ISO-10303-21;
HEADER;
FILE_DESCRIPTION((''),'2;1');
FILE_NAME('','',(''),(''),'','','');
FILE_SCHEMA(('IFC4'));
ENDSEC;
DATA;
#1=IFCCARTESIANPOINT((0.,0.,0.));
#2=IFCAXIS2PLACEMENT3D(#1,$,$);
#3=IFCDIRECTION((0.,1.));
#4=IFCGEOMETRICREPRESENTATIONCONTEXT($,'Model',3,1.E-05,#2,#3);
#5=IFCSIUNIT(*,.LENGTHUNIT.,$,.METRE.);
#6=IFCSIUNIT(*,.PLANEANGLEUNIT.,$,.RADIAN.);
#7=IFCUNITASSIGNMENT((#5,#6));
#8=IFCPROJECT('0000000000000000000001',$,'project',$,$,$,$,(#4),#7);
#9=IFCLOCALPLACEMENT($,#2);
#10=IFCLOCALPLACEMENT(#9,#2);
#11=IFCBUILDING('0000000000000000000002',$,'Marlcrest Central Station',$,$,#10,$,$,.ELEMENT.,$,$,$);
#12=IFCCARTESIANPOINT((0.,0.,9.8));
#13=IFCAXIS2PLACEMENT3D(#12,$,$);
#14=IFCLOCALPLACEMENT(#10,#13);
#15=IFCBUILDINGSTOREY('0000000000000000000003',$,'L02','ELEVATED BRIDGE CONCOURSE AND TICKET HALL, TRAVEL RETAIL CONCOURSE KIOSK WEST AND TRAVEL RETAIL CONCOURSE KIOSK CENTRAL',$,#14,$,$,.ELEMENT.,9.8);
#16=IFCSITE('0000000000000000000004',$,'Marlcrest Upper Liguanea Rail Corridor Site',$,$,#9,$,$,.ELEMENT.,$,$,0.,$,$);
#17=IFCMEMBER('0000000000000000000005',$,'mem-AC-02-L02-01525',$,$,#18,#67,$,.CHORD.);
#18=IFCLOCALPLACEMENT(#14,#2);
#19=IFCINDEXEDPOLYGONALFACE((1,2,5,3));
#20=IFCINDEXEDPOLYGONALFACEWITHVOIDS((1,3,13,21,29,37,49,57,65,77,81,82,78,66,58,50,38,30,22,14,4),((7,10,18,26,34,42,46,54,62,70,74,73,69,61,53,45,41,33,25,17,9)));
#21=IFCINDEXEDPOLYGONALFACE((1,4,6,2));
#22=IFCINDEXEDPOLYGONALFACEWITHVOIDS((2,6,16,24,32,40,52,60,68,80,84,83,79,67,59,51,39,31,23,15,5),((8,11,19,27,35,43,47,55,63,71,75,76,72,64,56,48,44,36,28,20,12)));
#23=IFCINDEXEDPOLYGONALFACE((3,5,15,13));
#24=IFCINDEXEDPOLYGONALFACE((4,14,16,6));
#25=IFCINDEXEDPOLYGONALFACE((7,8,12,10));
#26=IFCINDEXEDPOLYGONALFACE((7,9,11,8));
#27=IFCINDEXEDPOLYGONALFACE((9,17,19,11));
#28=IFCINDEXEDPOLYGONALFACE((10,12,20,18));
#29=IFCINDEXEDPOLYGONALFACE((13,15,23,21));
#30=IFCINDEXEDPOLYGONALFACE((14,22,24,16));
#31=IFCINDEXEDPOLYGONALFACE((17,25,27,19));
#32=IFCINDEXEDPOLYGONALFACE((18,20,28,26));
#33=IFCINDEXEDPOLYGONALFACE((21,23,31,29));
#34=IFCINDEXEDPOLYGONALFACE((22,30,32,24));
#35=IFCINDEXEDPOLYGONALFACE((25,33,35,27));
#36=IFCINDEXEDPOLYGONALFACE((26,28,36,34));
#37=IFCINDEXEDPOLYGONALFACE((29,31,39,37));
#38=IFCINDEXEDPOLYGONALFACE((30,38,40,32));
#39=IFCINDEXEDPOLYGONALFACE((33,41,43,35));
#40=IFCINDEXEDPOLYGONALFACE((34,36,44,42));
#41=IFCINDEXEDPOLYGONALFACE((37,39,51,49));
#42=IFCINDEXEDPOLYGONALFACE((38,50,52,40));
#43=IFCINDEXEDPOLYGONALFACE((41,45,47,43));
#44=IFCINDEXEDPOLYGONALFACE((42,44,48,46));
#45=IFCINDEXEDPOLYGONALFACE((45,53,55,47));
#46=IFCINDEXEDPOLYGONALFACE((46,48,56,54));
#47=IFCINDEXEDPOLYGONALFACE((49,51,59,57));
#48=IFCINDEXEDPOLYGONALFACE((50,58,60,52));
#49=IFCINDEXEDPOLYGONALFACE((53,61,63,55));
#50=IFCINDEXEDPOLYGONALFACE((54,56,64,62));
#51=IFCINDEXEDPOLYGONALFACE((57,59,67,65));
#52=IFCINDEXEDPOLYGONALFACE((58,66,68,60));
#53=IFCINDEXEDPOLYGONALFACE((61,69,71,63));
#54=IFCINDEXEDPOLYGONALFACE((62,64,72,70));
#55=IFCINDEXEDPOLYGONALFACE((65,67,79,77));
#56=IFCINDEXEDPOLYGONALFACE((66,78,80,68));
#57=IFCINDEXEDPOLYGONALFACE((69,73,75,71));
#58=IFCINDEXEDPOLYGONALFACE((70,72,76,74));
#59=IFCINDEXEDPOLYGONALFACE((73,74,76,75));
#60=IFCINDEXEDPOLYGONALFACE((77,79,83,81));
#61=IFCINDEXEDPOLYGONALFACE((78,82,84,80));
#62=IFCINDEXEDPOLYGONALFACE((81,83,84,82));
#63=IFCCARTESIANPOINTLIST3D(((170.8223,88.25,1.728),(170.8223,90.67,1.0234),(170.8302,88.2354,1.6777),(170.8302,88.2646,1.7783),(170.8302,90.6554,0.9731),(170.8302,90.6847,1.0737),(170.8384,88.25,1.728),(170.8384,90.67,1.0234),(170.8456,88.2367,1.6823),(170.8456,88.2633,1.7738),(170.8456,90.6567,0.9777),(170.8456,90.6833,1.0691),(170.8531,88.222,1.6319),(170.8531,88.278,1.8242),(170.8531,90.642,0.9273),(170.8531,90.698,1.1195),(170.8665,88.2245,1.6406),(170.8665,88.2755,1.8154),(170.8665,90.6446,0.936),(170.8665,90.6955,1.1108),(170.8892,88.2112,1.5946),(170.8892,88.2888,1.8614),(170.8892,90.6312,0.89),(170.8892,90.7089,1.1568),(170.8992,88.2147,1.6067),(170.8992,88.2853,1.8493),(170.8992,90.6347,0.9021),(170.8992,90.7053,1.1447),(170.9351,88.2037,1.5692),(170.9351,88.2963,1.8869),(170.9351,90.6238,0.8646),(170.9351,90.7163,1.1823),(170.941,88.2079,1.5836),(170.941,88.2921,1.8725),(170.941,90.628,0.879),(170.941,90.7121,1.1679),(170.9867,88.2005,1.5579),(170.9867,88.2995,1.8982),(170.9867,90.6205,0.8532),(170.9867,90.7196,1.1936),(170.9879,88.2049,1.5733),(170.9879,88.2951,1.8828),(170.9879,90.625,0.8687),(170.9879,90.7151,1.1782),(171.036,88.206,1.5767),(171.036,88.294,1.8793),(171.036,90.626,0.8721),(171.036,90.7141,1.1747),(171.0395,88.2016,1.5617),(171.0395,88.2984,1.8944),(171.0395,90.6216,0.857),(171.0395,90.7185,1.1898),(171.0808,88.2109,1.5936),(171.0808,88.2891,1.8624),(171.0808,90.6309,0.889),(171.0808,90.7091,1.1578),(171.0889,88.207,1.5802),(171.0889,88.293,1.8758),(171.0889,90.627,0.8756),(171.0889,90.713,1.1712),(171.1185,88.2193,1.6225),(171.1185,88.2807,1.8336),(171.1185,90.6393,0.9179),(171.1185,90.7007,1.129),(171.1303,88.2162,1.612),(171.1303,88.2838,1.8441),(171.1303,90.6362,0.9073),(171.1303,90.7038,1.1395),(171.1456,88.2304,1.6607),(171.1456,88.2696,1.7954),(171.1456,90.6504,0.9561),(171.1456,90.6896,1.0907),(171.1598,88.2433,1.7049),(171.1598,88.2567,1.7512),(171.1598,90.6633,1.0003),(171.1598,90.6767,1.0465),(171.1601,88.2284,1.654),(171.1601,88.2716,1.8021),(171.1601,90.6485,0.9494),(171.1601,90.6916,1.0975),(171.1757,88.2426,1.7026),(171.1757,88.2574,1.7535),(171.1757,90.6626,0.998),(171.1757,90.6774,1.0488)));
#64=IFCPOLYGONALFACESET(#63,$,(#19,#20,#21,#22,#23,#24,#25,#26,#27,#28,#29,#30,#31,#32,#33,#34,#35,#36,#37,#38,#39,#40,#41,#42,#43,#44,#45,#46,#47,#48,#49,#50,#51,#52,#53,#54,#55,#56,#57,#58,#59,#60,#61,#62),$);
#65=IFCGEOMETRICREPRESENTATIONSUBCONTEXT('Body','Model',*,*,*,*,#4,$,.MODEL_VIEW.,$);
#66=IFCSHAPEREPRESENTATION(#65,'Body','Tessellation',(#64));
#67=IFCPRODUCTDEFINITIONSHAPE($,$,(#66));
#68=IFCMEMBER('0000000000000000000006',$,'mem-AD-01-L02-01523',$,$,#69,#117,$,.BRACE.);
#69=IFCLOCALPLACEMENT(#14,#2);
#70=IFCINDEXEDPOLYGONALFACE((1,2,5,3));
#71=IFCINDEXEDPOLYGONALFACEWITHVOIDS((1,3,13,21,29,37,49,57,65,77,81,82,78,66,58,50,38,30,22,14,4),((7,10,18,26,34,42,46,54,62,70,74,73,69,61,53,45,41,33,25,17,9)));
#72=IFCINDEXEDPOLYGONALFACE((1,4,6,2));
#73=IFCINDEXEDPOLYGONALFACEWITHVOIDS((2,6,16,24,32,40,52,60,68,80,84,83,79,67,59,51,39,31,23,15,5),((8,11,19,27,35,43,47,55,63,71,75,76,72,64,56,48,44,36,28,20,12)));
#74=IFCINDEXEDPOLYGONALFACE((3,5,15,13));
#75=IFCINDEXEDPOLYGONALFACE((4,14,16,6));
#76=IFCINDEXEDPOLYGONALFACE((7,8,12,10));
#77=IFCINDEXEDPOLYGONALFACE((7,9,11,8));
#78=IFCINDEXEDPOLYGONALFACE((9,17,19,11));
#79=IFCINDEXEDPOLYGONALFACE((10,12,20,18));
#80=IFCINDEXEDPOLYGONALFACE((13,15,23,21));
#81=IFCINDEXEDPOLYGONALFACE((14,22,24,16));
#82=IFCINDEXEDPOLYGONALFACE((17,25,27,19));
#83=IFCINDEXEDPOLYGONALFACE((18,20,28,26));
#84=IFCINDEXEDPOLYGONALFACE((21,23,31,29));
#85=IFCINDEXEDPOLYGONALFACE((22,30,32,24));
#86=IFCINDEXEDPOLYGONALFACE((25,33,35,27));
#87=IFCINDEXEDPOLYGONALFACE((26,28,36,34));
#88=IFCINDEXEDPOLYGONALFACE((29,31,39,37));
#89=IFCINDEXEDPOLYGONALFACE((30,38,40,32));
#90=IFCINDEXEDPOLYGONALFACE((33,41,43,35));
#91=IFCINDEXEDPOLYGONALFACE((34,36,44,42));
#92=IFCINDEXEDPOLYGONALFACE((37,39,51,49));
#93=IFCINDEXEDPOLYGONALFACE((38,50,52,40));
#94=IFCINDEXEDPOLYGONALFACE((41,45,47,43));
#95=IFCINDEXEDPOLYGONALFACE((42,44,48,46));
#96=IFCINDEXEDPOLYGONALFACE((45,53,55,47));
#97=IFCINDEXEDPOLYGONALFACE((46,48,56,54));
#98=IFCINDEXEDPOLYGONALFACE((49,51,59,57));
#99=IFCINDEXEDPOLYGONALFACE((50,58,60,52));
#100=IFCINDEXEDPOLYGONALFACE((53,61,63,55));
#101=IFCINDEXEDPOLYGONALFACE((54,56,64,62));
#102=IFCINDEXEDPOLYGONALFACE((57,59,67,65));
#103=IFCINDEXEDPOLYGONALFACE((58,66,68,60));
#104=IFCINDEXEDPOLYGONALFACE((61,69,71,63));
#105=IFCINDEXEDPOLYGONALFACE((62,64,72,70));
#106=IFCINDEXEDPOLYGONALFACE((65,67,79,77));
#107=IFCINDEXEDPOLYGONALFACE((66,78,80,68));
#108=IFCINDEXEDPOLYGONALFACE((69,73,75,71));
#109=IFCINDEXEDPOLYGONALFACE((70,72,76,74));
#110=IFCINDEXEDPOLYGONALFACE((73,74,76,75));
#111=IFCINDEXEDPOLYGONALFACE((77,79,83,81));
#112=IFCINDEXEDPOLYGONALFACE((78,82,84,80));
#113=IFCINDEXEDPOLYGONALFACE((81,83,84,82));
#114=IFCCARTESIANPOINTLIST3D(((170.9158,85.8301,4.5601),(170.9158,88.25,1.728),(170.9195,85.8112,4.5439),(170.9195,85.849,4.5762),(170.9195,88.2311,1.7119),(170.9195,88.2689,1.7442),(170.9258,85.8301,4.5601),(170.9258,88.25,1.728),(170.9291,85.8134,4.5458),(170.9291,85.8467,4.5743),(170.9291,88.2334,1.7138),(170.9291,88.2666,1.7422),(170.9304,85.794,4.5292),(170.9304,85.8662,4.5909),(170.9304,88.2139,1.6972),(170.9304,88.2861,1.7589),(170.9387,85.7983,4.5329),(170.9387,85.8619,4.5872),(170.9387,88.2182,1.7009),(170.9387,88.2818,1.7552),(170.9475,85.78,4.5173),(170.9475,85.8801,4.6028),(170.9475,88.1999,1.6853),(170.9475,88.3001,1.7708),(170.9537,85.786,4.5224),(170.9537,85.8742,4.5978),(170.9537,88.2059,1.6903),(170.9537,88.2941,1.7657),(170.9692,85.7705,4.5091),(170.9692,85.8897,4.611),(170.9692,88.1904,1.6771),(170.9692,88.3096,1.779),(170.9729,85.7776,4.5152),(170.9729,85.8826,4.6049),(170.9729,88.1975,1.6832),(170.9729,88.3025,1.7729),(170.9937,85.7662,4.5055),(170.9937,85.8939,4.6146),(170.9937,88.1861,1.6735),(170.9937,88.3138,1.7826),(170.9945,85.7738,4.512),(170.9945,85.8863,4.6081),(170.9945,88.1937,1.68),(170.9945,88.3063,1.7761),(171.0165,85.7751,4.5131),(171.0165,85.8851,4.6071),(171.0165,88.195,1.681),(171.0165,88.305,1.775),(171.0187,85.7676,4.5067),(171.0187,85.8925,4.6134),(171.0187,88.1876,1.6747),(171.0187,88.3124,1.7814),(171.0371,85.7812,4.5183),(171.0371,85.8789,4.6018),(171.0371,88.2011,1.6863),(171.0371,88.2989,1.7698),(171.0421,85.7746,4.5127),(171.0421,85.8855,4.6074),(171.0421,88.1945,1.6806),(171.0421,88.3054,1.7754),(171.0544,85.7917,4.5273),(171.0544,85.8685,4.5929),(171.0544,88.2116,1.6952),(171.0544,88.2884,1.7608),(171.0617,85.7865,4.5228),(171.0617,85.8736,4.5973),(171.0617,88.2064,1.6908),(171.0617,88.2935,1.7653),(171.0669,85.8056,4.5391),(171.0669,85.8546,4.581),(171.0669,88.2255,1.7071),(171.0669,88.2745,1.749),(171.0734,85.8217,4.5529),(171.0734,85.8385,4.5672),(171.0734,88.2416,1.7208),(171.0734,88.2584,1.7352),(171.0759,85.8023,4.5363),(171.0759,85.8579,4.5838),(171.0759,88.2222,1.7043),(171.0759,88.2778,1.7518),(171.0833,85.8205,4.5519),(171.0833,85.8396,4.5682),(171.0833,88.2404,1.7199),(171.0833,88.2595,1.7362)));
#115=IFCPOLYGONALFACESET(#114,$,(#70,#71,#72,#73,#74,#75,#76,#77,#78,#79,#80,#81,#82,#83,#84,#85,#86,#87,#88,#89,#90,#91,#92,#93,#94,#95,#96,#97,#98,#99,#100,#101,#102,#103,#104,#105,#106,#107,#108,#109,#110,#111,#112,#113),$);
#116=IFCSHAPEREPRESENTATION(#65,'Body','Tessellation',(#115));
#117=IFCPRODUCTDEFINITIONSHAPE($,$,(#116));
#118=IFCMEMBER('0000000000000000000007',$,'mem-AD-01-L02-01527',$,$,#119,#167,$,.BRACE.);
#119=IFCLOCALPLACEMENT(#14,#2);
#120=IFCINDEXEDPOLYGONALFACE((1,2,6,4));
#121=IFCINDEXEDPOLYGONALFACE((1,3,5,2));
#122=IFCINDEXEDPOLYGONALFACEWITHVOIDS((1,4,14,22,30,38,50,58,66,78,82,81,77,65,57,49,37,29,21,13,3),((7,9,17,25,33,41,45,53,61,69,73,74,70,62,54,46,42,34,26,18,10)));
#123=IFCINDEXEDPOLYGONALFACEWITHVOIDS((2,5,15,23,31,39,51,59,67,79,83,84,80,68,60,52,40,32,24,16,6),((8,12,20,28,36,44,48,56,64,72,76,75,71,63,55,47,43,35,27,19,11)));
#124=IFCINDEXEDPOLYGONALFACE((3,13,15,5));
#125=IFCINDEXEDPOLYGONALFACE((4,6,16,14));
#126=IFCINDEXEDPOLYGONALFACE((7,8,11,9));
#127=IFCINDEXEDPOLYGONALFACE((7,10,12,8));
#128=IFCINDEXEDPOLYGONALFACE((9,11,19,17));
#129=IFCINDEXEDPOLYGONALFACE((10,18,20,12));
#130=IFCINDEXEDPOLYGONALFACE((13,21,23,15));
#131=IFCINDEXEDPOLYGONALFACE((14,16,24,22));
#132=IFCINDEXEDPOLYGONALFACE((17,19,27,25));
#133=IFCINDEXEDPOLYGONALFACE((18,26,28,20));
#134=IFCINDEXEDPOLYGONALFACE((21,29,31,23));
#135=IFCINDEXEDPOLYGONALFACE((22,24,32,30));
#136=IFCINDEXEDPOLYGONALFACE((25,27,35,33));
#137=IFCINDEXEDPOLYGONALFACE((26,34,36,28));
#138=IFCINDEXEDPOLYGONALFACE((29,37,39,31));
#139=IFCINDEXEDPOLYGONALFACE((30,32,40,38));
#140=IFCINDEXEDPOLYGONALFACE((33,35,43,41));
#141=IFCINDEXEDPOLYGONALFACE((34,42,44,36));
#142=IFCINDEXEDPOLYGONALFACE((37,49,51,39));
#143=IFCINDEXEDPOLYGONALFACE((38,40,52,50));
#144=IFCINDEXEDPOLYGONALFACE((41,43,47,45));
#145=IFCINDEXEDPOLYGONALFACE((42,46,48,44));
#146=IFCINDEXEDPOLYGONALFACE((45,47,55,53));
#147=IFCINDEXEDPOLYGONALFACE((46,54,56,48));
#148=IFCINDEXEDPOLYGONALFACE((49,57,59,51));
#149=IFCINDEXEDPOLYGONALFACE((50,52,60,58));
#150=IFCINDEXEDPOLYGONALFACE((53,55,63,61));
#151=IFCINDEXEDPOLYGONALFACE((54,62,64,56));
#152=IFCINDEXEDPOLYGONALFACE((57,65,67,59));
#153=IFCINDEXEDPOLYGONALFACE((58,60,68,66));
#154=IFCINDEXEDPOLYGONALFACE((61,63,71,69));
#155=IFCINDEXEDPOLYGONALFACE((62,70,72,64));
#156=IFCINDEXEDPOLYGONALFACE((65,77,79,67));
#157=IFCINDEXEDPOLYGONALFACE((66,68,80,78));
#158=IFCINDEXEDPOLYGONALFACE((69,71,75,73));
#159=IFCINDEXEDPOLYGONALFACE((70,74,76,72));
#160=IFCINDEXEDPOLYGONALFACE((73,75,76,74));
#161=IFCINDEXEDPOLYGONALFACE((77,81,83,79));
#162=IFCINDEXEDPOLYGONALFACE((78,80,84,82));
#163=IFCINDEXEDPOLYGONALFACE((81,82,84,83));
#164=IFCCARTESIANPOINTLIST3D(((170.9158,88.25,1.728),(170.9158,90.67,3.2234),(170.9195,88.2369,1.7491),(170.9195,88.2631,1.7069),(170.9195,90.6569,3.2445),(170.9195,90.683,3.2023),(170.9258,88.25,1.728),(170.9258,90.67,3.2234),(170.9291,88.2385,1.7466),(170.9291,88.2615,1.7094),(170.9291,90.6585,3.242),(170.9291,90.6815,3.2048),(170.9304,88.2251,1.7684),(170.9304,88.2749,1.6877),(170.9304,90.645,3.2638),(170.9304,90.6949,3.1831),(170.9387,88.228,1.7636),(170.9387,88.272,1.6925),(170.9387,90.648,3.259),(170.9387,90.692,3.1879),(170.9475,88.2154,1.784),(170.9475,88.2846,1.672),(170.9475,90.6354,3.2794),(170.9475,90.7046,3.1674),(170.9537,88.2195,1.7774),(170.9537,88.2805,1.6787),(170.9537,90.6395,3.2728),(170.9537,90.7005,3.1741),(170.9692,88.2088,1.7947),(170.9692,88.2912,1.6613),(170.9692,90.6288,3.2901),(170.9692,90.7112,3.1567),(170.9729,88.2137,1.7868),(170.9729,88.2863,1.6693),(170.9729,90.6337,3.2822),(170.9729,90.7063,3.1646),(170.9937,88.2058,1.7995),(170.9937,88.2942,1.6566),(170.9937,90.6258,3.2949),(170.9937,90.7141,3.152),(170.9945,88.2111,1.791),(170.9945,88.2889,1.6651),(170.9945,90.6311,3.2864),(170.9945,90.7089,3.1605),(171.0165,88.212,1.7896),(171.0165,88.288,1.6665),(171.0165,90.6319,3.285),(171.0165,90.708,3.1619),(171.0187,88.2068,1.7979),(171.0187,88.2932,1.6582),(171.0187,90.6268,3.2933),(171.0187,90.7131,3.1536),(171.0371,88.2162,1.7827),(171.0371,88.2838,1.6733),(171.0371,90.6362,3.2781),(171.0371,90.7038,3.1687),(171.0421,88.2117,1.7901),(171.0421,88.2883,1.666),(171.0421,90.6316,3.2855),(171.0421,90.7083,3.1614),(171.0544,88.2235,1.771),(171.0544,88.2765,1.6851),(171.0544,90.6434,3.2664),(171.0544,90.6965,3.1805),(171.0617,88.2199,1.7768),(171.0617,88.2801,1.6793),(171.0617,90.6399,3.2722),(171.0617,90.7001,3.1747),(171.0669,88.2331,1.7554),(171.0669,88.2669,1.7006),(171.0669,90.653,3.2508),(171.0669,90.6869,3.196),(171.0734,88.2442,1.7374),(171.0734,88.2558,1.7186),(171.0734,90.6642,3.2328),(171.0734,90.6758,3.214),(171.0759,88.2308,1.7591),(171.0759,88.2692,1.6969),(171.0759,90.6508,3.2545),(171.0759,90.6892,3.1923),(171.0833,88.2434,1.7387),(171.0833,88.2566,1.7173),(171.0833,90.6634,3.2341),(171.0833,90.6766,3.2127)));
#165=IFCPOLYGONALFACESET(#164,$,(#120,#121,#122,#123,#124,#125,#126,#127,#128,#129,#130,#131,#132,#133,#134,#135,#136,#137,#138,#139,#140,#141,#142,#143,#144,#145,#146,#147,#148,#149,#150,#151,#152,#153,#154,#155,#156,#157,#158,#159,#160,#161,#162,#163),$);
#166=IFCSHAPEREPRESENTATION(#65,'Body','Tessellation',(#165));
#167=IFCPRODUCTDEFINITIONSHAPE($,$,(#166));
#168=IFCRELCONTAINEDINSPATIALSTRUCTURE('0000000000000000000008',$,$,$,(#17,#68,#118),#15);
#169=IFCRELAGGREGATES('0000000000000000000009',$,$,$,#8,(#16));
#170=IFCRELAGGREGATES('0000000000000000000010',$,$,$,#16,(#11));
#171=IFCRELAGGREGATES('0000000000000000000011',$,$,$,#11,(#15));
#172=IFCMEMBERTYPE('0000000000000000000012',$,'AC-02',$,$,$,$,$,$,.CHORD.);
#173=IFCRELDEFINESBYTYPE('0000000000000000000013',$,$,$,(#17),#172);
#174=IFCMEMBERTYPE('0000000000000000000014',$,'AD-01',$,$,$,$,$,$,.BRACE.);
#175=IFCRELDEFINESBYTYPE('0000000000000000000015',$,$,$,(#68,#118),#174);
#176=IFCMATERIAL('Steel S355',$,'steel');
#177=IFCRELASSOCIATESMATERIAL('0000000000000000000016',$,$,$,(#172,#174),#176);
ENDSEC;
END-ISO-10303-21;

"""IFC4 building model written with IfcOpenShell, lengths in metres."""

from ifc_helpers import new_model, si_unit, direction, frame, origin, origin_2d, place, context, subcontext, project, spatial, hollow_circle, extrude, material, material_profile, profile_set, type_object, element, save


model = new_model("IFC4")

# Units and contexts
model_context = context("Model", 3, precision=1e-05, world=origin(), true_north=direction((0.0, 1.0)))
body_context = subcontext(model_context, "Body", "Model", "MODEL_VIEW")
ifc_project = project(units=[si_unit("LENGTHUNIT", "METRE"), si_unit("PLANEANGLEUNIT", "RADIAN")], contexts=[model_context])

# Site, building, storey
site_placement = place(None, origin())
site = spatial("IfcSite", under=ifc_project, at=site_placement, Name="Marlcrest Upper Liguanea Rail Corridor Site", CompositionType="ELEMENT", RefElevation=0.0)
building_placement = place(site_placement, origin())
building = spatial("IfcBuilding", under=site, at=building_placement, Name="Marlcrest Central Station", CompositionType="ELEMENT")
storey_placement = place(building_placement, frame((0.0, 0.0, 9.8)))
storey = spatial("IfcBuildingStorey", under=building, at=storey_placement, Name="L02", Description="ELEVATED BRIDGE CONCOURSE AND TICKET HALL, TRAVEL RETAIL CONCOURSE KIOSK WEST AND TRAVEL RETAIL CONCOURSE KIOSK CENTRAL", CompositionType="ELEMENT", Elevation=9.8)

# Members
ifc_material_1 = material(Name="Steel S355", Category="steel")
ifc_material_profile_1 = material_profile(ifc_material_1, hollow_circle(Radius=0.1777, WallThickness=0.0161, at=origin_2d()), Name="CHS 355.6x16")
ifc_profile_set_1 = profile_set([ifc_material_profile_1], Name="Steel S355")
member_type_1 = type_object("IfcMemberType", Name="AC-02", PredefinedType="CHORD", material=ifc_profile_set_1)
member_1_placement = place(storey_placement, frame((171.0, 88.25, 1.728), z_axis=(0.0, 0.96013, -0.279554), x_axis=(-1.0, 0.0, 0.0)))
element("IfcMember", 1, at=member_1_placement, inside=storey, type_object=member_type_1, Name="mem-AC-02-L02-01525", PredefinedType="CHORD", context=body_context, shape_type="SweptSolid", body=[
    extrude(hollow_circle(Radius=0.1777, WallThickness=0.0161, at=origin_2d()), origin(), (0.0, 0.0, 1.0), 2.5205),
])
ifc_material_profile_2 = material_profile(ifc_material_1, hollow_circle(Radius=0.0842, WallThickness=0.01, at=origin_2d()), Name="CHS 168.3x10")
ifc_profile_set_2 = profile_set([ifc_material_profile_2], Name="Steel S355")
member_type_2 = type_object("IfcMemberType", Name="AD-01", PredefinedType="BRACE", material=ifc_profile_set_2)
member_2_placement = place(storey_placement, frame((171.0, 85.8301, 4.5601), z_axis=(0.0, 0.649625, -0.760255), x_axis=(-1.0, 0.0, 0.0)))
element("IfcMember", 2, at=member_2_placement, inside=storey, type_object=member_type_2, Name="mem-AD-01-L02-01523", PredefinedType="BRACE", context=body_context, shape_type="SweptSolid", body=[
    extrude(hollow_circle(Radius=0.0842, WallThickness=0.01, at=origin_2d()), origin(), (0.0, 0.0, 1.0), 3.7251),
])
member_3_placement = place(storey_placement, frame((171.0, 88.25, 1.728), z_axis=(0.0, 0.850687, 0.525672), x_axis=(-1.0, 0.0, 0.0)))
element("IfcMember", 3, at=member_3_placement, inside=storey, type_object=member_type_2, Name="mem-AD-01-L02-01527", PredefinedType="BRACE", context=body_context, shape_type="SweptSolid", body=[
    extrude(hollow_circle(Radius=0.0842, WallThickness=0.01, at=origin_2d()), origin(), (0.0, 0.0, 1.0), 2.8447),
])

save(model, "model.ifc")
